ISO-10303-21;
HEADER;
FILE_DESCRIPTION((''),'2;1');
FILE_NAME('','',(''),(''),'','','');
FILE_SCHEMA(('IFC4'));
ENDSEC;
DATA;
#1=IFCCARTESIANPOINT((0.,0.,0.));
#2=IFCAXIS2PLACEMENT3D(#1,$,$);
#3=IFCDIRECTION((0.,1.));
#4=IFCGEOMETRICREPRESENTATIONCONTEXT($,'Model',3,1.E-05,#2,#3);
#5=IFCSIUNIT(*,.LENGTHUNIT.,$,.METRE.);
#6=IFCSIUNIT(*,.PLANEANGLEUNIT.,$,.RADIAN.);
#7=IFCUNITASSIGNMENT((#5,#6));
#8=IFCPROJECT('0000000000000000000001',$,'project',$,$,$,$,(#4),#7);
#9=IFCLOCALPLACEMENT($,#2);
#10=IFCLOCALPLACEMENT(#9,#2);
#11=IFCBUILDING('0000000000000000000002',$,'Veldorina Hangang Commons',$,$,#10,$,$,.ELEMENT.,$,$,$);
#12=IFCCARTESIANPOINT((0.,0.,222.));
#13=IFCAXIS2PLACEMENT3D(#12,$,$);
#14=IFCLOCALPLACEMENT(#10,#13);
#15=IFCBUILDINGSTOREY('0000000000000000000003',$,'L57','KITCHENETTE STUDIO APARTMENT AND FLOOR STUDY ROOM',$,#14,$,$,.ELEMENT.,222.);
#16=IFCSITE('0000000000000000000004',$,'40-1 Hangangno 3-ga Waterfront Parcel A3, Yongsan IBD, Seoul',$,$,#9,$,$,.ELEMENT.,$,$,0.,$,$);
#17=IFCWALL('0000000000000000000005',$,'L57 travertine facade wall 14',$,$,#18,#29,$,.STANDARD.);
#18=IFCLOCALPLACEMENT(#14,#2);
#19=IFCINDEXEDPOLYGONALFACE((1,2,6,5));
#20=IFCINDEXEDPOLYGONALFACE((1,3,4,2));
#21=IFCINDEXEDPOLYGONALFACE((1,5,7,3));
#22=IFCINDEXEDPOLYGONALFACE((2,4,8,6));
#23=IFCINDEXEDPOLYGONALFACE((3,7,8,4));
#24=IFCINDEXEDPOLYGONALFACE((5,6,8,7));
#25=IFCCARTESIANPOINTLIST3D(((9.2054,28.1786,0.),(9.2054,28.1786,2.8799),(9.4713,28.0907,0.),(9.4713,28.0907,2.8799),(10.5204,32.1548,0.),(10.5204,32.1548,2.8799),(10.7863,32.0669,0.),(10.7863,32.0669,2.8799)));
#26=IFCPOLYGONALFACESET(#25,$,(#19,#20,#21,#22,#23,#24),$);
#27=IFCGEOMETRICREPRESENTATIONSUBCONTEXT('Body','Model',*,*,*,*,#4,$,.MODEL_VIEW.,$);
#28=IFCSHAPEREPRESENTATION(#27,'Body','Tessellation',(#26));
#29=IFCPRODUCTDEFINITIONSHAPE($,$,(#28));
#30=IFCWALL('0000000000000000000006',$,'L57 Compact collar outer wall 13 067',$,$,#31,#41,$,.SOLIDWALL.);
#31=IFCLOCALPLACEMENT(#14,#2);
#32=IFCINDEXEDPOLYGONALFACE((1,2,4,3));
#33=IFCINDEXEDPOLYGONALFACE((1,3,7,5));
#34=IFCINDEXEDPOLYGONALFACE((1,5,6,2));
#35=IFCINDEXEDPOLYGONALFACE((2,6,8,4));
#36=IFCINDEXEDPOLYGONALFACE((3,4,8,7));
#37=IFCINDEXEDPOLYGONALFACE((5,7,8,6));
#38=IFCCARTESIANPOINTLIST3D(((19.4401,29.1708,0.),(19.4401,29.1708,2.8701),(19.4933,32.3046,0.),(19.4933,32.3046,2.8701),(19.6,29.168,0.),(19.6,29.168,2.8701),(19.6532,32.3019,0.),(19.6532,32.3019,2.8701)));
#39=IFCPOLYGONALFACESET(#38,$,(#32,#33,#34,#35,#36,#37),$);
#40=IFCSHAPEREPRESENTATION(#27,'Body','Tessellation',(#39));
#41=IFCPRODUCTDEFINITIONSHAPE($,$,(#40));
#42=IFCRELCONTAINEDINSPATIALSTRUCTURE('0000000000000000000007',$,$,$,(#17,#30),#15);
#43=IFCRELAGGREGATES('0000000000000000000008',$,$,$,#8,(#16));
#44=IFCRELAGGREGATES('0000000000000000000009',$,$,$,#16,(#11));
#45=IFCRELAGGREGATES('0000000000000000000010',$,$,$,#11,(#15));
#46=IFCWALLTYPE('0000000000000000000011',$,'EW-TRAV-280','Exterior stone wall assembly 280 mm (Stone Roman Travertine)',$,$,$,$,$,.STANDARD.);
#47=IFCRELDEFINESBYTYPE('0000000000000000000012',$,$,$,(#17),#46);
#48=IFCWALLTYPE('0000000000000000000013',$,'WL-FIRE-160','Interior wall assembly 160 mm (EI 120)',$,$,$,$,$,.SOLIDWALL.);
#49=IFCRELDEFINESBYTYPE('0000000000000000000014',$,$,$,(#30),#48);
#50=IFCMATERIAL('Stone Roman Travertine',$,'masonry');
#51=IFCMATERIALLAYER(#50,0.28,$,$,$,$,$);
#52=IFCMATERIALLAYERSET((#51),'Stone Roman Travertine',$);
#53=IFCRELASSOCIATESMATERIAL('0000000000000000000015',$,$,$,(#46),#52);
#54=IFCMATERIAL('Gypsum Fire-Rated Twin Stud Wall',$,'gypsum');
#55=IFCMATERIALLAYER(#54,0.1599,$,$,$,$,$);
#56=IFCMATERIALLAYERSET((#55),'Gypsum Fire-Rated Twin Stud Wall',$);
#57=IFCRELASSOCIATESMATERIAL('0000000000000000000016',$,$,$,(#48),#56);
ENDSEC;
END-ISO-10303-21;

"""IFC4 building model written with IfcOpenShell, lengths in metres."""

from ifc_helpers import new_model, si_unit, direction, frame, frame_2d, origin, place, context, subcontext, project, spatial, rectangle, extrude, material, layer, layer_set, type_object, element, save


model = new_model("IFC4")

# Units and contexts
model_context = context("Model", 3, precision=1e-05, world=origin(), true_north=direction((0.0, 1.0)))
body_context = subcontext(model_context, "Body", "Model", "MODEL_VIEW")
ifc_project = project(units=[si_unit("LENGTHUNIT", "METRE"), si_unit("PLANEANGLEUNIT", "RADIAN")], contexts=[model_context])

# Site, building, storey
site_placement = place(None, origin())
site = spatial("IfcSite", under=ifc_project, at=site_placement, Name="40-1 Hangangno 3-ga Waterfront Parcel A3, Yongsan IBD, Seoul", CompositionType="ELEMENT", RefElevation=0.0)
building_placement = place(site_placement, origin())
building = spatial("IfcBuilding", under=site, at=building_placement, Name="Veldorina Hangang Commons", CompositionType="ELEMENT")
storey_placement = place(building_placement, frame((0.0, 0.0, 222.0)))
storey = spatial("IfcBuildingStorey", under=building, at=storey_placement, Name="L57", Description="KITCHENETTE STUDIO APARTMENT AND FLOOR STUDY ROOM", CompositionType="ELEMENT", Elevation=222.0)

# Shared definitions
ifc_material_1 = material(Name="Stone Roman Travertine", Category="masonry")
ifc_layer_1 = layer(ifc_material_1, 0.28)
ifc_layer_set_1 = layer_set([ifc_layer_1], Name="Stone Roman Travertine")
wall_type_1 = type_object("IfcWallType", Name="EW-TRAV-280", Description="Exterior stone wall assembly 280 mm (Stone Roman Travertine)", PredefinedType="STANDARD", material=ifc_layer_set_1)

# Walls
wall_1_placement = place(storey_placement, frame((10.6533, 32.1108, 0.0), z_axis=(0.0, 0.0, 1.0), x_axis=(-0.313988, -0.949427, 0.0)))
element("IfcWall", 1, at=wall_1_placement, inside=storey, type_object=wall_type_1, Name="L57 travertine facade wall 14", PredefinedType="STANDARD", context=body_context, shape_type="SweptSolid", body=[
    extrude(rectangle(XDim=4.188, YDim=0.28, at=frame_2d((2.094, 0.0))), origin(), (0.0, 0.0, 1.0), 2.8799),
])
ifc_material_2 = material(Name="Gypsum Fire-Rated Twin Stud Wall", Category="gypsum")
ifc_layer_2 = layer(ifc_material_2, 0.1599)
ifc_layer_set_2 = layer_set([ifc_layer_2], Name="Gypsum Fire-Rated Twin Stud Wall")
wall_type_2 = type_object("IfcWallType", Name="WL-FIRE-160", Description="Interior wall assembly 160 mm (EI 120)", PredefinedType="SOLIDWALL", material=ifc_layer_set_2)
wall_2_placement = place(storey_placement, frame((19.5732, 32.3032, 0.0), z_axis=(0.0, 0.0, 1.0), x_axis=(-0.016981, -0.999856, 0.0)))
element("IfcWall", 2, at=wall_2_placement, inside=storey, type_object=wall_type_2, Name="L57 Compact collar outer wall 13 067", PredefinedType="SOLIDWALL", context=body_context, shape_type="SweptSolid", body=[
    extrude(rectangle(XDim=3.1343, YDim=0.1599, at=frame_2d((1.5671, 0.0))), origin(), (0.0, 0.0, 1.0), 2.8701),
])

save(model, "model.ifc")
